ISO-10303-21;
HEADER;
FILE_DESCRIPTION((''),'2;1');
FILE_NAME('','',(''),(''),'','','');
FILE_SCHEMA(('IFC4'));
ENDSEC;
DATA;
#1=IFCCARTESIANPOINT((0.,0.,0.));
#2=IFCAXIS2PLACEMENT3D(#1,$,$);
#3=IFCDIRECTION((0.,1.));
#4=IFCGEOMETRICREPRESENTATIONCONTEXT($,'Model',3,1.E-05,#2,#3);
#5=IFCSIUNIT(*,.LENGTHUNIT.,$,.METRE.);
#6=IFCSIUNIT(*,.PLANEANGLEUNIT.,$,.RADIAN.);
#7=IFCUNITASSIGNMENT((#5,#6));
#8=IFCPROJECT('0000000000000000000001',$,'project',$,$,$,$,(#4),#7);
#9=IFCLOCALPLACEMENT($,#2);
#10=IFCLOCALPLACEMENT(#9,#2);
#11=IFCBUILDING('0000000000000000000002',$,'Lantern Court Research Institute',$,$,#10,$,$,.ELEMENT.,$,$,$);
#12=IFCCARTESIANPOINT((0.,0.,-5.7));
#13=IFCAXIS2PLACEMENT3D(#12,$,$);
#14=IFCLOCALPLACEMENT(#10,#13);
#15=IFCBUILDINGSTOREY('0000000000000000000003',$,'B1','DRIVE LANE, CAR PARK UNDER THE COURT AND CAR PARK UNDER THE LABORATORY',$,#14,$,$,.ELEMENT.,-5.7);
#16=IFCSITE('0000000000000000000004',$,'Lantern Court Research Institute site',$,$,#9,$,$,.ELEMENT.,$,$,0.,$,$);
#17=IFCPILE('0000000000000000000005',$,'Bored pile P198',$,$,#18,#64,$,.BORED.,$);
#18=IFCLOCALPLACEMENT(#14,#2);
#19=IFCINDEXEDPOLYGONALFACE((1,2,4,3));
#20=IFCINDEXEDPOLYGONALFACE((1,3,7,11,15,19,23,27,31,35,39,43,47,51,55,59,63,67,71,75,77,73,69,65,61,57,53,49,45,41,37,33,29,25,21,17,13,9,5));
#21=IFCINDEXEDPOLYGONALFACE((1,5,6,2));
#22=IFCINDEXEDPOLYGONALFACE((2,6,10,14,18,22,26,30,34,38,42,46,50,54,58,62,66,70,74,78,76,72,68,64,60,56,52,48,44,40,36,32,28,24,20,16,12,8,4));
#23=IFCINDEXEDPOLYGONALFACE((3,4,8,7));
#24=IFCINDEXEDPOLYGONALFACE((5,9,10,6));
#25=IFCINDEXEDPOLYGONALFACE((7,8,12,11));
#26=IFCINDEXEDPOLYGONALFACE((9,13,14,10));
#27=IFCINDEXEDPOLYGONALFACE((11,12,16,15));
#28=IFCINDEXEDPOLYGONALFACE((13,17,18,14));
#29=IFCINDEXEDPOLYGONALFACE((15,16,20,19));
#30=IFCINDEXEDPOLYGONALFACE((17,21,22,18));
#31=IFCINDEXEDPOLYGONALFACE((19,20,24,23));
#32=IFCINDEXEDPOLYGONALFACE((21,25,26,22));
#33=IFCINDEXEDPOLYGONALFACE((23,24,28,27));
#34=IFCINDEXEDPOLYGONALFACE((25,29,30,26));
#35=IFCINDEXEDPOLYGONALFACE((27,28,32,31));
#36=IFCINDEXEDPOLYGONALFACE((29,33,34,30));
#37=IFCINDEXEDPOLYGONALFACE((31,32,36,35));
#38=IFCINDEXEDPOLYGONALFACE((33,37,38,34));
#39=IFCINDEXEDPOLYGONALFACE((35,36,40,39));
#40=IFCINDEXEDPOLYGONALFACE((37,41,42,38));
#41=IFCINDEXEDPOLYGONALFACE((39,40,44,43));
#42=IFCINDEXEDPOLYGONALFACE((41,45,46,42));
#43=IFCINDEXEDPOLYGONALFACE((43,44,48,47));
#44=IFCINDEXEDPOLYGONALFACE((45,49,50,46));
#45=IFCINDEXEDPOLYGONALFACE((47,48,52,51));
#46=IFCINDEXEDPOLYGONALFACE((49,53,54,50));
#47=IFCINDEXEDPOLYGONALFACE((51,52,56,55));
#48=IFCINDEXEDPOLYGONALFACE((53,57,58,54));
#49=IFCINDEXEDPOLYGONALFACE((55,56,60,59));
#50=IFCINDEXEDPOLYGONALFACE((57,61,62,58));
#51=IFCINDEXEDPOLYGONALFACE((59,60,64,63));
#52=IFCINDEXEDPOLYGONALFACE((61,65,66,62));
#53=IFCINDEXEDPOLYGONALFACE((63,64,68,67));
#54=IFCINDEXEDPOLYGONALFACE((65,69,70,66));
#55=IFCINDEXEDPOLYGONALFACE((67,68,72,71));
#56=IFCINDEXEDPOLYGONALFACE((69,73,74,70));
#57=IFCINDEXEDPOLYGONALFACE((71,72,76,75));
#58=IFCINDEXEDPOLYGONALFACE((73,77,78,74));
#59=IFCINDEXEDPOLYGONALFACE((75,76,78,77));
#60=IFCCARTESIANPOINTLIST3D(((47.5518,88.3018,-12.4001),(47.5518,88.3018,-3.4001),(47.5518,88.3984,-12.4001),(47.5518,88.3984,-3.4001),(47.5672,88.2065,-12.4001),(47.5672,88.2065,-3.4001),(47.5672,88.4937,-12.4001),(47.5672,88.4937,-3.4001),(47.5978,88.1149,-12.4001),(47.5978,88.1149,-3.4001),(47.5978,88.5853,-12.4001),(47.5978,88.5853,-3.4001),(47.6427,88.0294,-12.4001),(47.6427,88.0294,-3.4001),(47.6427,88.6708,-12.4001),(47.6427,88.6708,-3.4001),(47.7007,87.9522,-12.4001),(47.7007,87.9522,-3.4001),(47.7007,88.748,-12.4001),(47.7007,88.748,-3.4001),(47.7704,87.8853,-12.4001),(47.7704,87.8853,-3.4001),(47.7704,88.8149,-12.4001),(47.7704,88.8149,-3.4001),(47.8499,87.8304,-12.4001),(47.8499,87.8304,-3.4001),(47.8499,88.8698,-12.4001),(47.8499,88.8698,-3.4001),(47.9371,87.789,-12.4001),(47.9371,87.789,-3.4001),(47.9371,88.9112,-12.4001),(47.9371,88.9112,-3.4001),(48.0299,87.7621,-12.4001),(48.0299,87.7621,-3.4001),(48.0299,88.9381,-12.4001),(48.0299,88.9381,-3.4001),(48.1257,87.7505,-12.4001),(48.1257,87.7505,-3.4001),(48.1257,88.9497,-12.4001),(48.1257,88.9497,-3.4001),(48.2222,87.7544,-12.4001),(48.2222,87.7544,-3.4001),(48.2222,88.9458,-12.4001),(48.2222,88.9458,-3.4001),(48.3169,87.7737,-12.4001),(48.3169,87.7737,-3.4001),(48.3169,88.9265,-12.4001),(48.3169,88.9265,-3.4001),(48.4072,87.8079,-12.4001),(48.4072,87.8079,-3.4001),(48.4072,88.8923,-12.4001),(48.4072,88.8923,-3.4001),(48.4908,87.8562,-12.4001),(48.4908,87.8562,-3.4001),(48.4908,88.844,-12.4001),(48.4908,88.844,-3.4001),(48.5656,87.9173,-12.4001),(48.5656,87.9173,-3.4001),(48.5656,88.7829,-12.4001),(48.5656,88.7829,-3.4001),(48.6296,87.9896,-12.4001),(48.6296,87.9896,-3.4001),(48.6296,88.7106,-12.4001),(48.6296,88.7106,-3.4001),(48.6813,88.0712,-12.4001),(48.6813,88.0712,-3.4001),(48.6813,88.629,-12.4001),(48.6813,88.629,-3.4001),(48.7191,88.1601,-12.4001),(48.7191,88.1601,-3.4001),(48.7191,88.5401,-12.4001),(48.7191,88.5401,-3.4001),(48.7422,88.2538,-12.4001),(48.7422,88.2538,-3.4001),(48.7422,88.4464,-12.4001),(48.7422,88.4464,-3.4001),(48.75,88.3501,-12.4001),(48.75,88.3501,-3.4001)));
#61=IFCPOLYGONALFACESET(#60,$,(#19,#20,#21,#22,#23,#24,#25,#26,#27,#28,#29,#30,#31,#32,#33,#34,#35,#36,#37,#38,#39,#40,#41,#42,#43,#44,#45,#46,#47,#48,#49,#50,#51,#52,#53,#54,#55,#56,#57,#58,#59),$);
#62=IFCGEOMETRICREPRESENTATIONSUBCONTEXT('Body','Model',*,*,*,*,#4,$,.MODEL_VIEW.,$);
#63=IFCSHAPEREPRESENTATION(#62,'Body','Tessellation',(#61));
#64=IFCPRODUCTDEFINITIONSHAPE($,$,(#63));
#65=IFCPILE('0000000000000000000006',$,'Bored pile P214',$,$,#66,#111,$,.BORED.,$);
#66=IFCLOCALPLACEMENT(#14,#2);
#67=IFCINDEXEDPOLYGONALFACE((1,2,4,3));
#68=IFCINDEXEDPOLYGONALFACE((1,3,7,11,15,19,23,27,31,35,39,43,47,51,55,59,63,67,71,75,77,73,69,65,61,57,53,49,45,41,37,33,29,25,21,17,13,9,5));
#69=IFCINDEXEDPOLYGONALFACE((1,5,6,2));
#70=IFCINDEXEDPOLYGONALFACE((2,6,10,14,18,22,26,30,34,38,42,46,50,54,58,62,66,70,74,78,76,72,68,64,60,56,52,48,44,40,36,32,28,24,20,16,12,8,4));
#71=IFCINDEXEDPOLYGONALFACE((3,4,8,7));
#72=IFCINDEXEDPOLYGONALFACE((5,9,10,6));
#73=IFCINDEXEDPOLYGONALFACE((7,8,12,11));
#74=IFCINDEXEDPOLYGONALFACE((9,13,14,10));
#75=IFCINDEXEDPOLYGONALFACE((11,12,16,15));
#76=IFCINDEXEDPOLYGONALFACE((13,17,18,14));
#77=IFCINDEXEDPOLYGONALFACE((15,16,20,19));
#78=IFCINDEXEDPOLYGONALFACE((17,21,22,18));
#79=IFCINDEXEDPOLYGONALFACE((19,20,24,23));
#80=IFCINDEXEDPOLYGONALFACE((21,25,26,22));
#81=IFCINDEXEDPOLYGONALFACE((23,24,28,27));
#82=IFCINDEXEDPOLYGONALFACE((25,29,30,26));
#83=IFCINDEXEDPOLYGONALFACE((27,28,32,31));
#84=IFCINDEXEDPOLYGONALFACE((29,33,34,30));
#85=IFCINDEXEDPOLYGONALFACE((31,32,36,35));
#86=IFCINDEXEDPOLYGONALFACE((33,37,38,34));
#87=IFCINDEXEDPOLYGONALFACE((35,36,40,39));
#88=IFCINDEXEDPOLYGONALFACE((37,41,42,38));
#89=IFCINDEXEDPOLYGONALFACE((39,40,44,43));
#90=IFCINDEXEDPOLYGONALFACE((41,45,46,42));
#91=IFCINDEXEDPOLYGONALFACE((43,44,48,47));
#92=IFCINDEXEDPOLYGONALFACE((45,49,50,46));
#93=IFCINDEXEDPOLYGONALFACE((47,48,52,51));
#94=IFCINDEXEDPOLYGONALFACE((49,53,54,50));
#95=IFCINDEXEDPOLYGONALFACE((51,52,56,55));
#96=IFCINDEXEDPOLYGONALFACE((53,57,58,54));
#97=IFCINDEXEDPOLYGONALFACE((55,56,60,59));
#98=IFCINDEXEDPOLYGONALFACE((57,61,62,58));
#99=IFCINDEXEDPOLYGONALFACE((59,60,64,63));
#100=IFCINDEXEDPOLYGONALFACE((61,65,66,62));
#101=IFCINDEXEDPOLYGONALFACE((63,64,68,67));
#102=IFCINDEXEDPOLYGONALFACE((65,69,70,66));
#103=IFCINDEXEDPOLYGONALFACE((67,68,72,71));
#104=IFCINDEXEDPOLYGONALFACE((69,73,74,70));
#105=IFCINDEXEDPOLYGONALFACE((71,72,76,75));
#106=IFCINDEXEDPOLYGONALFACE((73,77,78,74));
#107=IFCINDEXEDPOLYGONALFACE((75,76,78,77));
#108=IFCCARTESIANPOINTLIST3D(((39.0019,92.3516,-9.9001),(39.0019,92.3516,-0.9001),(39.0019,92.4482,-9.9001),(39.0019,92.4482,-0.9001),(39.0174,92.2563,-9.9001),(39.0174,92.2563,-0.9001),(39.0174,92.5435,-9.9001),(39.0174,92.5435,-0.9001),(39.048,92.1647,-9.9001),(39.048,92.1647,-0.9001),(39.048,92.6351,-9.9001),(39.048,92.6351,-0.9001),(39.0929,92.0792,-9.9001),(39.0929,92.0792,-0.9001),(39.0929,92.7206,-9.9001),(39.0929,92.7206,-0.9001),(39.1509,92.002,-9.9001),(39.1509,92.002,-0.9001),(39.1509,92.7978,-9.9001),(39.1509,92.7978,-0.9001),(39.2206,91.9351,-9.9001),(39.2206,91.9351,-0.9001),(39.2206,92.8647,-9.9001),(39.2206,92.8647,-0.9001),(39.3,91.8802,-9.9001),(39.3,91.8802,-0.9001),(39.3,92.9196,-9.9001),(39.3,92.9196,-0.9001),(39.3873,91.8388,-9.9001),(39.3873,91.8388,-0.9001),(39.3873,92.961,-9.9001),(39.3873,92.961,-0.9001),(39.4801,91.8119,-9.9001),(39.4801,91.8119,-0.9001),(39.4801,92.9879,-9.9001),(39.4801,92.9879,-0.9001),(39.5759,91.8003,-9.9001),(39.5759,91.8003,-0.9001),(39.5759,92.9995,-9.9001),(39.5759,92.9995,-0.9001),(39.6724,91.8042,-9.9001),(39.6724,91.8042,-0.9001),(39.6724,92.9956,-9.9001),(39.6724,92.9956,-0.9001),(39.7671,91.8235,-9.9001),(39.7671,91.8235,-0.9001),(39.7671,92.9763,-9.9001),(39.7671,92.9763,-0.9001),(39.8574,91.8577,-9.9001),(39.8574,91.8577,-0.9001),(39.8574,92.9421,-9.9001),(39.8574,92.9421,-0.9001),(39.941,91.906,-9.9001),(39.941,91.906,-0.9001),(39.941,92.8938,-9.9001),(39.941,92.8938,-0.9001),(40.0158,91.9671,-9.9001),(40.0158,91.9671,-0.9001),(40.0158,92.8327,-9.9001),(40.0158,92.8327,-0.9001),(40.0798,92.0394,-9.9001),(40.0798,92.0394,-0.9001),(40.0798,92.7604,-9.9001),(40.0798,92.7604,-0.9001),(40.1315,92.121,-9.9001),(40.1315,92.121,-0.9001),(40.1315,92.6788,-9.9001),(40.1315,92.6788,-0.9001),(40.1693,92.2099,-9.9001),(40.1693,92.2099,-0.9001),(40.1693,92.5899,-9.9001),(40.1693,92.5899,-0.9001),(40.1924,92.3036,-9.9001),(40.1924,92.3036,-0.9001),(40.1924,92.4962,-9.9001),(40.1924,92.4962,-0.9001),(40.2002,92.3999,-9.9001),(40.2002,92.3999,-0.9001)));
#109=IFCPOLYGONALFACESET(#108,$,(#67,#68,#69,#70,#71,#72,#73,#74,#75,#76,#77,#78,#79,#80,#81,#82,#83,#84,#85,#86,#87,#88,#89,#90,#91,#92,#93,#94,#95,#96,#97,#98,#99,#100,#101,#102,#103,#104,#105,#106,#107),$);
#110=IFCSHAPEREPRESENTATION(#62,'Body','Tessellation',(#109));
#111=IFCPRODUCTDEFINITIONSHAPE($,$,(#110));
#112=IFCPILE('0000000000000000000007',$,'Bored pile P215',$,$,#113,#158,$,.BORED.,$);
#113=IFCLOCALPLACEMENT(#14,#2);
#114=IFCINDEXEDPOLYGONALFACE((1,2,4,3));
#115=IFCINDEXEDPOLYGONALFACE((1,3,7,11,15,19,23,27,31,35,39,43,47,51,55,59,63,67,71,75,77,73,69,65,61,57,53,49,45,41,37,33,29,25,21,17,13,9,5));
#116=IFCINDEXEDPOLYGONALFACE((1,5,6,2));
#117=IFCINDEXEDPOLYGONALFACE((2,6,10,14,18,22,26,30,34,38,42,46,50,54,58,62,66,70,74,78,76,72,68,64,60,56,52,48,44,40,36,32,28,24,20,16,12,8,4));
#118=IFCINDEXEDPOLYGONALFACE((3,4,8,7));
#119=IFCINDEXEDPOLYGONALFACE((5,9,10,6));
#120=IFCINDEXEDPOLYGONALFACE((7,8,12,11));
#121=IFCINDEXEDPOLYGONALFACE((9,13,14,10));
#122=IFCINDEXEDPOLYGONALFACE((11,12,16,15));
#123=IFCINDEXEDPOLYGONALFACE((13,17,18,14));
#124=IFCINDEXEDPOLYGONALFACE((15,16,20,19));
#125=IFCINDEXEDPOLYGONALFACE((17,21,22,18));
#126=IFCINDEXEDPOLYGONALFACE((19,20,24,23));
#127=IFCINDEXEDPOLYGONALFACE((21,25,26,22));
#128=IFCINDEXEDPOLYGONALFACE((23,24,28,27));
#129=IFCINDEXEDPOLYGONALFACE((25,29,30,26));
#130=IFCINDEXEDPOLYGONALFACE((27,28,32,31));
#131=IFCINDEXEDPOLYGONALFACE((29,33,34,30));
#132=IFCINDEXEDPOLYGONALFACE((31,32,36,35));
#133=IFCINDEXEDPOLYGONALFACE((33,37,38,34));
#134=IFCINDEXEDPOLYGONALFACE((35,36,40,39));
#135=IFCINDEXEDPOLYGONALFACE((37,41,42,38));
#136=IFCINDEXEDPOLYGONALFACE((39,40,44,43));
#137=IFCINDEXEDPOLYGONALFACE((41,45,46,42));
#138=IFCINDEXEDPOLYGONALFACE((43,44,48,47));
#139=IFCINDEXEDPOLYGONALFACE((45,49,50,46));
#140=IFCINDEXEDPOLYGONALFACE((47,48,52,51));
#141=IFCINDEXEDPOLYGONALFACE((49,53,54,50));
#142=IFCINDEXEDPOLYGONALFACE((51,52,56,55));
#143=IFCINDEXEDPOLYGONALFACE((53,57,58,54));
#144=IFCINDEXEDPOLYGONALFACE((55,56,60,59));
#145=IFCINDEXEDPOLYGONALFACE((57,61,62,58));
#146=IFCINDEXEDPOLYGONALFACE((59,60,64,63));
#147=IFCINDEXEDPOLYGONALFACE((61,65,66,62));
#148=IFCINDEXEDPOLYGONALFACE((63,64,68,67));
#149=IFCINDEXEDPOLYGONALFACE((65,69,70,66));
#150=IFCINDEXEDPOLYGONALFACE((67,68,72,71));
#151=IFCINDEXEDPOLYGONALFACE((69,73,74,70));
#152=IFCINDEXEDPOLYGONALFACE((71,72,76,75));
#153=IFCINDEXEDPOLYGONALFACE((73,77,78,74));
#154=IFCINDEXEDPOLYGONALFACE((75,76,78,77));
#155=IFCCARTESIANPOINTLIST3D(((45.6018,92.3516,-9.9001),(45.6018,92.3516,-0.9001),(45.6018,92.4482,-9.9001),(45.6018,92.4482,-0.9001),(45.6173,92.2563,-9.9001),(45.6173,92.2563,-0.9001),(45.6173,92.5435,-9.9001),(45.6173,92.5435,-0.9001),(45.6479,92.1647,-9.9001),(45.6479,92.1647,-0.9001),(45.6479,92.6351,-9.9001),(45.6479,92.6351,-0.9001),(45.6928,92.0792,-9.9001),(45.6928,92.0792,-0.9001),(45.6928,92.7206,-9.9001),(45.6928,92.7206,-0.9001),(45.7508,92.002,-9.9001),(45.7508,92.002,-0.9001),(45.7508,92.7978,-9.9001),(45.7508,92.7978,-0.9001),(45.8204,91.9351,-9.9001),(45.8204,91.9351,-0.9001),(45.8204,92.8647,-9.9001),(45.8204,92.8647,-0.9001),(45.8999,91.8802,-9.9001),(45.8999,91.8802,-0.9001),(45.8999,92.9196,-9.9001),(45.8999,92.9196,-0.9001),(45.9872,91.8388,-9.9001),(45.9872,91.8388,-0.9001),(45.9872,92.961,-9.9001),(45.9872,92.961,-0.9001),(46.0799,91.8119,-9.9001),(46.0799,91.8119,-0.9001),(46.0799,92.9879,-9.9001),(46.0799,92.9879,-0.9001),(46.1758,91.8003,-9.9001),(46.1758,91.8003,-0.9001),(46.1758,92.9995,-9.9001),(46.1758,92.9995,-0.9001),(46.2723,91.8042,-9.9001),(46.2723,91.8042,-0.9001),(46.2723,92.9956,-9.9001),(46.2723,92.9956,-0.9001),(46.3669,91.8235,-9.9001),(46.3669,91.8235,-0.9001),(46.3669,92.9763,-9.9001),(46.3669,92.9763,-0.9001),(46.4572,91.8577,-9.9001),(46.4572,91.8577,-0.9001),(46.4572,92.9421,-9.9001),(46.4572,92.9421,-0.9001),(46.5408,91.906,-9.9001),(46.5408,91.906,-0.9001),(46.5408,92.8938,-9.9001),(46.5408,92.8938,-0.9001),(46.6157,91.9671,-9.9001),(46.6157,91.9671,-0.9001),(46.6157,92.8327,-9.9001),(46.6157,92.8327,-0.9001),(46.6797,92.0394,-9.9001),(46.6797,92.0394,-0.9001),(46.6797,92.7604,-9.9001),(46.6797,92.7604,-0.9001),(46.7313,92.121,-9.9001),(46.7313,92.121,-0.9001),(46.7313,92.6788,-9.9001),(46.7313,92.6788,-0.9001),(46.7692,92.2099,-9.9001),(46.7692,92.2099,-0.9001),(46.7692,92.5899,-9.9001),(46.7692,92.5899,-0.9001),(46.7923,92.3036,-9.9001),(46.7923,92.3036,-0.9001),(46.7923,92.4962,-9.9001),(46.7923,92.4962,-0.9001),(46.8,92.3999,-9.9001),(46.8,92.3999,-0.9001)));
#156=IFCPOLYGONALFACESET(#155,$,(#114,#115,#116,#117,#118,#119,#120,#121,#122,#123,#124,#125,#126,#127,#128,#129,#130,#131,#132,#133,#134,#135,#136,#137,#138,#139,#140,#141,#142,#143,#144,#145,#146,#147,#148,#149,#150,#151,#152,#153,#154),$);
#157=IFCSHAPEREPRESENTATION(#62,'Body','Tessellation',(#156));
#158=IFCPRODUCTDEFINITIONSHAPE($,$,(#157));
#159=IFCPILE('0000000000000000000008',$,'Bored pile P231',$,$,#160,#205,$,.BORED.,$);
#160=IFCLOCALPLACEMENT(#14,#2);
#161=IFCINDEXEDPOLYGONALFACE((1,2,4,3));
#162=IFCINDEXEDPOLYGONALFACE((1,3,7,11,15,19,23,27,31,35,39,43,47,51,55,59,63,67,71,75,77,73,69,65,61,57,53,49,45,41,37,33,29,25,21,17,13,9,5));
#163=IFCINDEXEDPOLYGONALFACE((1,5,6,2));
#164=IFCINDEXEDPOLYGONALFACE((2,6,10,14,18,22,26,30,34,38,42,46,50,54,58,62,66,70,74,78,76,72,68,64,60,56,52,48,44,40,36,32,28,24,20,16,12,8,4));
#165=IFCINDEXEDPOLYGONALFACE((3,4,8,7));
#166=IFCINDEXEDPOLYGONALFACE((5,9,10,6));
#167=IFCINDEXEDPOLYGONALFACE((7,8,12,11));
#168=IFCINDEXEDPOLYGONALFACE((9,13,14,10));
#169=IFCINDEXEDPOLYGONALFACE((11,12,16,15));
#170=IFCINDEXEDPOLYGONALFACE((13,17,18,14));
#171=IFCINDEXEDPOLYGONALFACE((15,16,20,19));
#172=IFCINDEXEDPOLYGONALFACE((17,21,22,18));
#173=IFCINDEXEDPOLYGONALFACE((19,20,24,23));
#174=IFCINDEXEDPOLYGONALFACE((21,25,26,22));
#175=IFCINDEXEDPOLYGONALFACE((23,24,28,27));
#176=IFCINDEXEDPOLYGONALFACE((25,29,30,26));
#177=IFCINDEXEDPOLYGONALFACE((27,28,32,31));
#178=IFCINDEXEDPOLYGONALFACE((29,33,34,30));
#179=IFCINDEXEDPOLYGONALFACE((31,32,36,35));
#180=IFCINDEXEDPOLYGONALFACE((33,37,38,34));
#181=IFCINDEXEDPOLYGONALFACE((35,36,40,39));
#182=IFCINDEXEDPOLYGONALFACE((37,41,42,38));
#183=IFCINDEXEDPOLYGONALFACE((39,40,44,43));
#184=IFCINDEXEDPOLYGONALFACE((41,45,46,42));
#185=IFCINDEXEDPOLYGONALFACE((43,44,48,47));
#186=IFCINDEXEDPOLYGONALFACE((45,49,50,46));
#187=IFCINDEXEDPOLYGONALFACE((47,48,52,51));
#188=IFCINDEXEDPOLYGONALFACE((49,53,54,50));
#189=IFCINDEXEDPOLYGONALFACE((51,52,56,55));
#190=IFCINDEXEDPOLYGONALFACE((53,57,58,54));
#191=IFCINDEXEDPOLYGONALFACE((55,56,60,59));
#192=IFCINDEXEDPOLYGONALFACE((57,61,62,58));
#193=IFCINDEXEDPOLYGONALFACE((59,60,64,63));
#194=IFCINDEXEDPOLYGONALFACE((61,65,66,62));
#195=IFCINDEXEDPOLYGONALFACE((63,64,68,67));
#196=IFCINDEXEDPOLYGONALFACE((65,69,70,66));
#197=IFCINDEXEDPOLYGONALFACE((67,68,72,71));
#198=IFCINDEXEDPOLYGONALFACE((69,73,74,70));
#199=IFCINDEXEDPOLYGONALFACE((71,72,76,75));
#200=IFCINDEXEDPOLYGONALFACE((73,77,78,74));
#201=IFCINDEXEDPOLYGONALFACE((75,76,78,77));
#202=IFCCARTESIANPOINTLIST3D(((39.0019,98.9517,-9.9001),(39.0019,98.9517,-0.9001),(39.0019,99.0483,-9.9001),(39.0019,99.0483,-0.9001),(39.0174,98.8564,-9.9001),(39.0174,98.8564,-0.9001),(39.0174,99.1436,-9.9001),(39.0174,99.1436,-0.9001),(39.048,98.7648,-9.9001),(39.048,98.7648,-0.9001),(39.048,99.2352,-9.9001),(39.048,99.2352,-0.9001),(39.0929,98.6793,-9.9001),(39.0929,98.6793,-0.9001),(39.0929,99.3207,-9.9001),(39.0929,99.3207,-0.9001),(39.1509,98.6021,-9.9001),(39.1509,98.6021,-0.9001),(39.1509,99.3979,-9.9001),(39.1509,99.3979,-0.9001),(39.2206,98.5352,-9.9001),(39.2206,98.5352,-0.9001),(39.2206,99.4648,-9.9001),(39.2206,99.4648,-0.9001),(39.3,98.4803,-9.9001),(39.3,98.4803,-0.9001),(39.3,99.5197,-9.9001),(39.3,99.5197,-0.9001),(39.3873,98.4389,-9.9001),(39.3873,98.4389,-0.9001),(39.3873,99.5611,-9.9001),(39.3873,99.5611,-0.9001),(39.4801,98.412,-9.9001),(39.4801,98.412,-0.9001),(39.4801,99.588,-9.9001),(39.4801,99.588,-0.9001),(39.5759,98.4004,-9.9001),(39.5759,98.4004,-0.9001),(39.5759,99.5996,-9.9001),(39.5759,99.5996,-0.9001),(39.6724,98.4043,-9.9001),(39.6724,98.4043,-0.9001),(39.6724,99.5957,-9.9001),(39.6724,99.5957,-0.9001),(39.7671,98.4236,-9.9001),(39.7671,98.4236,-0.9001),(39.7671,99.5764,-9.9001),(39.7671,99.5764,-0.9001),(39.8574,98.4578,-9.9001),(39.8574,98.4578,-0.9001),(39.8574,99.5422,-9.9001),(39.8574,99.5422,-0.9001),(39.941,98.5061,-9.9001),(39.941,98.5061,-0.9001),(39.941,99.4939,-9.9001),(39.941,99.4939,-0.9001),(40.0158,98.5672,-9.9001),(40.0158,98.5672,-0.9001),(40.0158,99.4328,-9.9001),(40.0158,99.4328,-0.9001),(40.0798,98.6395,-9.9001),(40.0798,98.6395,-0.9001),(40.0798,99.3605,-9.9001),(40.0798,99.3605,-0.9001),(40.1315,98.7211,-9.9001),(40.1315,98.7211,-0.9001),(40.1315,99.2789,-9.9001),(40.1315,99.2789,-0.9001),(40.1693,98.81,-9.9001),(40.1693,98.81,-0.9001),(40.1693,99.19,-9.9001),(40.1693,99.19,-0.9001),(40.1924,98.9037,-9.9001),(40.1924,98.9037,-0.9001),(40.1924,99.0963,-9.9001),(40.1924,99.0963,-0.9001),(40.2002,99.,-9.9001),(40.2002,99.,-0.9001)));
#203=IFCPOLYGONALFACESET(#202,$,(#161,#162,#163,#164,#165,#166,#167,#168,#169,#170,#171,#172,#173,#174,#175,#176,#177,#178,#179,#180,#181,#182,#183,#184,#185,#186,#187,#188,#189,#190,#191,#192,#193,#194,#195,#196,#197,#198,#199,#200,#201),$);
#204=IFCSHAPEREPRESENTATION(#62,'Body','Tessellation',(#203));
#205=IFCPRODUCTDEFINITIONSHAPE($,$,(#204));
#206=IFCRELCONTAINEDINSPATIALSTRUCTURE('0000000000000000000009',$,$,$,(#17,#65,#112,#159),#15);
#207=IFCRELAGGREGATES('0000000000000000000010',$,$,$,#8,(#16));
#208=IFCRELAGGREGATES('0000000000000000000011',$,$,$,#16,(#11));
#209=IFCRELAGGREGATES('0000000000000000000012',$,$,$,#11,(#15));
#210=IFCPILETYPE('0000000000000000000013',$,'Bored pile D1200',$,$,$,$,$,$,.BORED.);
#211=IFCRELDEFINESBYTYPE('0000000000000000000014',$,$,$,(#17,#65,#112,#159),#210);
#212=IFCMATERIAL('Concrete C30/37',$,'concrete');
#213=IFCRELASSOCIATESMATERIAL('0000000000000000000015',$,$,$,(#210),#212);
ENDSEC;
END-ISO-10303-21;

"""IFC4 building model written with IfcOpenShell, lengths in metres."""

from ifc_helpers import new_model, si_unit, direction, frame, origin, origin_2d, place, context, subcontext, project, spatial, circle, extrude, material, material_profile, profile_set, type_object, element, save


model = new_model("IFC4")

# Units and contexts
model_context = context("Model", 3, precision=1e-05, world=origin(), true_north=direction((0.0, 1.0)))
body_context = subcontext(model_context, "Body", "Model", "MODEL_VIEW")
ifc_project = project(units=[si_unit("LENGTHUNIT", "METRE"), si_unit("PLANEANGLEUNIT", "RADIAN")], contexts=[model_context])

# Site, building, storey
site_placement = place(None, origin())
site = spatial("IfcSite", under=ifc_project, at=site_placement, Name="Lantern Court Research Institute site", CompositionType="ELEMENT", RefElevation=0.0)
building_placement = place(site_placement, origin())
building = spatial("IfcBuilding", under=site, at=building_placement, Name="Lantern Court Research Institute", CompositionType="ELEMENT")
storey_placement = place(building_placement, frame((0.0, 0.0, -5.7)))
storey = spatial("IfcBuildingStorey", under=building, at=storey_placement, Name="B1", Description="DRIVE LANE, CAR PARK UNDER THE COURT AND CAR PARK UNDER THE LABORATORY", CompositionType="ELEMENT", Elevation=-5.7)

# Piles
ifc_material_1 = material(Name="Concrete C30/37", Category="concrete")
ifc_material_profile_1 = material_profile(ifc_material_1, circle(Radius=0.6001, at=origin_2d()), Name="Bored pile D1200")
ifc_profile_set_1 = profile_set([ifc_material_profile_1], Name="Concrete C30/37")
pile_type_1 = type_object("IfcPileType", Name="Bored pile D1200", PredefinedType="BORED", material=ifc_profile_set_1)
for number, where, z_axis, x_axis, name in (
    (1, (48.1499, 88.3501, -3.4001), (0.0, 0.0, -1.0), (1.0, 0.0, 0.0), "Bored pile P198"),
    (2, (39.6001, 92.3999, -0.9001), (0.0, 0.0, -1.0), (1.0, 0.0, 0.0), "Bored pile P214"),
    (3, (46.2, 92.3999, -0.9001), (0.0, 0.0, -1.0), (1.0, 0.0, 0.0), "Bored pile P215"),
    (4, (39.6001, 99.0, -0.9001), (0.0, 0.0, -1.0), (1.0, 0.0, 0.0), "Bored pile P231"),
):
    element("IfcPile", number, at=place(storey_placement, frame(where, z_axis=z_axis, x_axis=x_axis)), inside=storey, type_object=pile_type_1, Name=name, PredefinedType="BORED", context=body_context, shape_type="SweptSolid", body=[
        extrude(circle(Radius=0.6001, at=origin_2d()), origin(), (0.0, 0.0, 1.0), 9.0),
    ])

save(model, "model.ifc")
